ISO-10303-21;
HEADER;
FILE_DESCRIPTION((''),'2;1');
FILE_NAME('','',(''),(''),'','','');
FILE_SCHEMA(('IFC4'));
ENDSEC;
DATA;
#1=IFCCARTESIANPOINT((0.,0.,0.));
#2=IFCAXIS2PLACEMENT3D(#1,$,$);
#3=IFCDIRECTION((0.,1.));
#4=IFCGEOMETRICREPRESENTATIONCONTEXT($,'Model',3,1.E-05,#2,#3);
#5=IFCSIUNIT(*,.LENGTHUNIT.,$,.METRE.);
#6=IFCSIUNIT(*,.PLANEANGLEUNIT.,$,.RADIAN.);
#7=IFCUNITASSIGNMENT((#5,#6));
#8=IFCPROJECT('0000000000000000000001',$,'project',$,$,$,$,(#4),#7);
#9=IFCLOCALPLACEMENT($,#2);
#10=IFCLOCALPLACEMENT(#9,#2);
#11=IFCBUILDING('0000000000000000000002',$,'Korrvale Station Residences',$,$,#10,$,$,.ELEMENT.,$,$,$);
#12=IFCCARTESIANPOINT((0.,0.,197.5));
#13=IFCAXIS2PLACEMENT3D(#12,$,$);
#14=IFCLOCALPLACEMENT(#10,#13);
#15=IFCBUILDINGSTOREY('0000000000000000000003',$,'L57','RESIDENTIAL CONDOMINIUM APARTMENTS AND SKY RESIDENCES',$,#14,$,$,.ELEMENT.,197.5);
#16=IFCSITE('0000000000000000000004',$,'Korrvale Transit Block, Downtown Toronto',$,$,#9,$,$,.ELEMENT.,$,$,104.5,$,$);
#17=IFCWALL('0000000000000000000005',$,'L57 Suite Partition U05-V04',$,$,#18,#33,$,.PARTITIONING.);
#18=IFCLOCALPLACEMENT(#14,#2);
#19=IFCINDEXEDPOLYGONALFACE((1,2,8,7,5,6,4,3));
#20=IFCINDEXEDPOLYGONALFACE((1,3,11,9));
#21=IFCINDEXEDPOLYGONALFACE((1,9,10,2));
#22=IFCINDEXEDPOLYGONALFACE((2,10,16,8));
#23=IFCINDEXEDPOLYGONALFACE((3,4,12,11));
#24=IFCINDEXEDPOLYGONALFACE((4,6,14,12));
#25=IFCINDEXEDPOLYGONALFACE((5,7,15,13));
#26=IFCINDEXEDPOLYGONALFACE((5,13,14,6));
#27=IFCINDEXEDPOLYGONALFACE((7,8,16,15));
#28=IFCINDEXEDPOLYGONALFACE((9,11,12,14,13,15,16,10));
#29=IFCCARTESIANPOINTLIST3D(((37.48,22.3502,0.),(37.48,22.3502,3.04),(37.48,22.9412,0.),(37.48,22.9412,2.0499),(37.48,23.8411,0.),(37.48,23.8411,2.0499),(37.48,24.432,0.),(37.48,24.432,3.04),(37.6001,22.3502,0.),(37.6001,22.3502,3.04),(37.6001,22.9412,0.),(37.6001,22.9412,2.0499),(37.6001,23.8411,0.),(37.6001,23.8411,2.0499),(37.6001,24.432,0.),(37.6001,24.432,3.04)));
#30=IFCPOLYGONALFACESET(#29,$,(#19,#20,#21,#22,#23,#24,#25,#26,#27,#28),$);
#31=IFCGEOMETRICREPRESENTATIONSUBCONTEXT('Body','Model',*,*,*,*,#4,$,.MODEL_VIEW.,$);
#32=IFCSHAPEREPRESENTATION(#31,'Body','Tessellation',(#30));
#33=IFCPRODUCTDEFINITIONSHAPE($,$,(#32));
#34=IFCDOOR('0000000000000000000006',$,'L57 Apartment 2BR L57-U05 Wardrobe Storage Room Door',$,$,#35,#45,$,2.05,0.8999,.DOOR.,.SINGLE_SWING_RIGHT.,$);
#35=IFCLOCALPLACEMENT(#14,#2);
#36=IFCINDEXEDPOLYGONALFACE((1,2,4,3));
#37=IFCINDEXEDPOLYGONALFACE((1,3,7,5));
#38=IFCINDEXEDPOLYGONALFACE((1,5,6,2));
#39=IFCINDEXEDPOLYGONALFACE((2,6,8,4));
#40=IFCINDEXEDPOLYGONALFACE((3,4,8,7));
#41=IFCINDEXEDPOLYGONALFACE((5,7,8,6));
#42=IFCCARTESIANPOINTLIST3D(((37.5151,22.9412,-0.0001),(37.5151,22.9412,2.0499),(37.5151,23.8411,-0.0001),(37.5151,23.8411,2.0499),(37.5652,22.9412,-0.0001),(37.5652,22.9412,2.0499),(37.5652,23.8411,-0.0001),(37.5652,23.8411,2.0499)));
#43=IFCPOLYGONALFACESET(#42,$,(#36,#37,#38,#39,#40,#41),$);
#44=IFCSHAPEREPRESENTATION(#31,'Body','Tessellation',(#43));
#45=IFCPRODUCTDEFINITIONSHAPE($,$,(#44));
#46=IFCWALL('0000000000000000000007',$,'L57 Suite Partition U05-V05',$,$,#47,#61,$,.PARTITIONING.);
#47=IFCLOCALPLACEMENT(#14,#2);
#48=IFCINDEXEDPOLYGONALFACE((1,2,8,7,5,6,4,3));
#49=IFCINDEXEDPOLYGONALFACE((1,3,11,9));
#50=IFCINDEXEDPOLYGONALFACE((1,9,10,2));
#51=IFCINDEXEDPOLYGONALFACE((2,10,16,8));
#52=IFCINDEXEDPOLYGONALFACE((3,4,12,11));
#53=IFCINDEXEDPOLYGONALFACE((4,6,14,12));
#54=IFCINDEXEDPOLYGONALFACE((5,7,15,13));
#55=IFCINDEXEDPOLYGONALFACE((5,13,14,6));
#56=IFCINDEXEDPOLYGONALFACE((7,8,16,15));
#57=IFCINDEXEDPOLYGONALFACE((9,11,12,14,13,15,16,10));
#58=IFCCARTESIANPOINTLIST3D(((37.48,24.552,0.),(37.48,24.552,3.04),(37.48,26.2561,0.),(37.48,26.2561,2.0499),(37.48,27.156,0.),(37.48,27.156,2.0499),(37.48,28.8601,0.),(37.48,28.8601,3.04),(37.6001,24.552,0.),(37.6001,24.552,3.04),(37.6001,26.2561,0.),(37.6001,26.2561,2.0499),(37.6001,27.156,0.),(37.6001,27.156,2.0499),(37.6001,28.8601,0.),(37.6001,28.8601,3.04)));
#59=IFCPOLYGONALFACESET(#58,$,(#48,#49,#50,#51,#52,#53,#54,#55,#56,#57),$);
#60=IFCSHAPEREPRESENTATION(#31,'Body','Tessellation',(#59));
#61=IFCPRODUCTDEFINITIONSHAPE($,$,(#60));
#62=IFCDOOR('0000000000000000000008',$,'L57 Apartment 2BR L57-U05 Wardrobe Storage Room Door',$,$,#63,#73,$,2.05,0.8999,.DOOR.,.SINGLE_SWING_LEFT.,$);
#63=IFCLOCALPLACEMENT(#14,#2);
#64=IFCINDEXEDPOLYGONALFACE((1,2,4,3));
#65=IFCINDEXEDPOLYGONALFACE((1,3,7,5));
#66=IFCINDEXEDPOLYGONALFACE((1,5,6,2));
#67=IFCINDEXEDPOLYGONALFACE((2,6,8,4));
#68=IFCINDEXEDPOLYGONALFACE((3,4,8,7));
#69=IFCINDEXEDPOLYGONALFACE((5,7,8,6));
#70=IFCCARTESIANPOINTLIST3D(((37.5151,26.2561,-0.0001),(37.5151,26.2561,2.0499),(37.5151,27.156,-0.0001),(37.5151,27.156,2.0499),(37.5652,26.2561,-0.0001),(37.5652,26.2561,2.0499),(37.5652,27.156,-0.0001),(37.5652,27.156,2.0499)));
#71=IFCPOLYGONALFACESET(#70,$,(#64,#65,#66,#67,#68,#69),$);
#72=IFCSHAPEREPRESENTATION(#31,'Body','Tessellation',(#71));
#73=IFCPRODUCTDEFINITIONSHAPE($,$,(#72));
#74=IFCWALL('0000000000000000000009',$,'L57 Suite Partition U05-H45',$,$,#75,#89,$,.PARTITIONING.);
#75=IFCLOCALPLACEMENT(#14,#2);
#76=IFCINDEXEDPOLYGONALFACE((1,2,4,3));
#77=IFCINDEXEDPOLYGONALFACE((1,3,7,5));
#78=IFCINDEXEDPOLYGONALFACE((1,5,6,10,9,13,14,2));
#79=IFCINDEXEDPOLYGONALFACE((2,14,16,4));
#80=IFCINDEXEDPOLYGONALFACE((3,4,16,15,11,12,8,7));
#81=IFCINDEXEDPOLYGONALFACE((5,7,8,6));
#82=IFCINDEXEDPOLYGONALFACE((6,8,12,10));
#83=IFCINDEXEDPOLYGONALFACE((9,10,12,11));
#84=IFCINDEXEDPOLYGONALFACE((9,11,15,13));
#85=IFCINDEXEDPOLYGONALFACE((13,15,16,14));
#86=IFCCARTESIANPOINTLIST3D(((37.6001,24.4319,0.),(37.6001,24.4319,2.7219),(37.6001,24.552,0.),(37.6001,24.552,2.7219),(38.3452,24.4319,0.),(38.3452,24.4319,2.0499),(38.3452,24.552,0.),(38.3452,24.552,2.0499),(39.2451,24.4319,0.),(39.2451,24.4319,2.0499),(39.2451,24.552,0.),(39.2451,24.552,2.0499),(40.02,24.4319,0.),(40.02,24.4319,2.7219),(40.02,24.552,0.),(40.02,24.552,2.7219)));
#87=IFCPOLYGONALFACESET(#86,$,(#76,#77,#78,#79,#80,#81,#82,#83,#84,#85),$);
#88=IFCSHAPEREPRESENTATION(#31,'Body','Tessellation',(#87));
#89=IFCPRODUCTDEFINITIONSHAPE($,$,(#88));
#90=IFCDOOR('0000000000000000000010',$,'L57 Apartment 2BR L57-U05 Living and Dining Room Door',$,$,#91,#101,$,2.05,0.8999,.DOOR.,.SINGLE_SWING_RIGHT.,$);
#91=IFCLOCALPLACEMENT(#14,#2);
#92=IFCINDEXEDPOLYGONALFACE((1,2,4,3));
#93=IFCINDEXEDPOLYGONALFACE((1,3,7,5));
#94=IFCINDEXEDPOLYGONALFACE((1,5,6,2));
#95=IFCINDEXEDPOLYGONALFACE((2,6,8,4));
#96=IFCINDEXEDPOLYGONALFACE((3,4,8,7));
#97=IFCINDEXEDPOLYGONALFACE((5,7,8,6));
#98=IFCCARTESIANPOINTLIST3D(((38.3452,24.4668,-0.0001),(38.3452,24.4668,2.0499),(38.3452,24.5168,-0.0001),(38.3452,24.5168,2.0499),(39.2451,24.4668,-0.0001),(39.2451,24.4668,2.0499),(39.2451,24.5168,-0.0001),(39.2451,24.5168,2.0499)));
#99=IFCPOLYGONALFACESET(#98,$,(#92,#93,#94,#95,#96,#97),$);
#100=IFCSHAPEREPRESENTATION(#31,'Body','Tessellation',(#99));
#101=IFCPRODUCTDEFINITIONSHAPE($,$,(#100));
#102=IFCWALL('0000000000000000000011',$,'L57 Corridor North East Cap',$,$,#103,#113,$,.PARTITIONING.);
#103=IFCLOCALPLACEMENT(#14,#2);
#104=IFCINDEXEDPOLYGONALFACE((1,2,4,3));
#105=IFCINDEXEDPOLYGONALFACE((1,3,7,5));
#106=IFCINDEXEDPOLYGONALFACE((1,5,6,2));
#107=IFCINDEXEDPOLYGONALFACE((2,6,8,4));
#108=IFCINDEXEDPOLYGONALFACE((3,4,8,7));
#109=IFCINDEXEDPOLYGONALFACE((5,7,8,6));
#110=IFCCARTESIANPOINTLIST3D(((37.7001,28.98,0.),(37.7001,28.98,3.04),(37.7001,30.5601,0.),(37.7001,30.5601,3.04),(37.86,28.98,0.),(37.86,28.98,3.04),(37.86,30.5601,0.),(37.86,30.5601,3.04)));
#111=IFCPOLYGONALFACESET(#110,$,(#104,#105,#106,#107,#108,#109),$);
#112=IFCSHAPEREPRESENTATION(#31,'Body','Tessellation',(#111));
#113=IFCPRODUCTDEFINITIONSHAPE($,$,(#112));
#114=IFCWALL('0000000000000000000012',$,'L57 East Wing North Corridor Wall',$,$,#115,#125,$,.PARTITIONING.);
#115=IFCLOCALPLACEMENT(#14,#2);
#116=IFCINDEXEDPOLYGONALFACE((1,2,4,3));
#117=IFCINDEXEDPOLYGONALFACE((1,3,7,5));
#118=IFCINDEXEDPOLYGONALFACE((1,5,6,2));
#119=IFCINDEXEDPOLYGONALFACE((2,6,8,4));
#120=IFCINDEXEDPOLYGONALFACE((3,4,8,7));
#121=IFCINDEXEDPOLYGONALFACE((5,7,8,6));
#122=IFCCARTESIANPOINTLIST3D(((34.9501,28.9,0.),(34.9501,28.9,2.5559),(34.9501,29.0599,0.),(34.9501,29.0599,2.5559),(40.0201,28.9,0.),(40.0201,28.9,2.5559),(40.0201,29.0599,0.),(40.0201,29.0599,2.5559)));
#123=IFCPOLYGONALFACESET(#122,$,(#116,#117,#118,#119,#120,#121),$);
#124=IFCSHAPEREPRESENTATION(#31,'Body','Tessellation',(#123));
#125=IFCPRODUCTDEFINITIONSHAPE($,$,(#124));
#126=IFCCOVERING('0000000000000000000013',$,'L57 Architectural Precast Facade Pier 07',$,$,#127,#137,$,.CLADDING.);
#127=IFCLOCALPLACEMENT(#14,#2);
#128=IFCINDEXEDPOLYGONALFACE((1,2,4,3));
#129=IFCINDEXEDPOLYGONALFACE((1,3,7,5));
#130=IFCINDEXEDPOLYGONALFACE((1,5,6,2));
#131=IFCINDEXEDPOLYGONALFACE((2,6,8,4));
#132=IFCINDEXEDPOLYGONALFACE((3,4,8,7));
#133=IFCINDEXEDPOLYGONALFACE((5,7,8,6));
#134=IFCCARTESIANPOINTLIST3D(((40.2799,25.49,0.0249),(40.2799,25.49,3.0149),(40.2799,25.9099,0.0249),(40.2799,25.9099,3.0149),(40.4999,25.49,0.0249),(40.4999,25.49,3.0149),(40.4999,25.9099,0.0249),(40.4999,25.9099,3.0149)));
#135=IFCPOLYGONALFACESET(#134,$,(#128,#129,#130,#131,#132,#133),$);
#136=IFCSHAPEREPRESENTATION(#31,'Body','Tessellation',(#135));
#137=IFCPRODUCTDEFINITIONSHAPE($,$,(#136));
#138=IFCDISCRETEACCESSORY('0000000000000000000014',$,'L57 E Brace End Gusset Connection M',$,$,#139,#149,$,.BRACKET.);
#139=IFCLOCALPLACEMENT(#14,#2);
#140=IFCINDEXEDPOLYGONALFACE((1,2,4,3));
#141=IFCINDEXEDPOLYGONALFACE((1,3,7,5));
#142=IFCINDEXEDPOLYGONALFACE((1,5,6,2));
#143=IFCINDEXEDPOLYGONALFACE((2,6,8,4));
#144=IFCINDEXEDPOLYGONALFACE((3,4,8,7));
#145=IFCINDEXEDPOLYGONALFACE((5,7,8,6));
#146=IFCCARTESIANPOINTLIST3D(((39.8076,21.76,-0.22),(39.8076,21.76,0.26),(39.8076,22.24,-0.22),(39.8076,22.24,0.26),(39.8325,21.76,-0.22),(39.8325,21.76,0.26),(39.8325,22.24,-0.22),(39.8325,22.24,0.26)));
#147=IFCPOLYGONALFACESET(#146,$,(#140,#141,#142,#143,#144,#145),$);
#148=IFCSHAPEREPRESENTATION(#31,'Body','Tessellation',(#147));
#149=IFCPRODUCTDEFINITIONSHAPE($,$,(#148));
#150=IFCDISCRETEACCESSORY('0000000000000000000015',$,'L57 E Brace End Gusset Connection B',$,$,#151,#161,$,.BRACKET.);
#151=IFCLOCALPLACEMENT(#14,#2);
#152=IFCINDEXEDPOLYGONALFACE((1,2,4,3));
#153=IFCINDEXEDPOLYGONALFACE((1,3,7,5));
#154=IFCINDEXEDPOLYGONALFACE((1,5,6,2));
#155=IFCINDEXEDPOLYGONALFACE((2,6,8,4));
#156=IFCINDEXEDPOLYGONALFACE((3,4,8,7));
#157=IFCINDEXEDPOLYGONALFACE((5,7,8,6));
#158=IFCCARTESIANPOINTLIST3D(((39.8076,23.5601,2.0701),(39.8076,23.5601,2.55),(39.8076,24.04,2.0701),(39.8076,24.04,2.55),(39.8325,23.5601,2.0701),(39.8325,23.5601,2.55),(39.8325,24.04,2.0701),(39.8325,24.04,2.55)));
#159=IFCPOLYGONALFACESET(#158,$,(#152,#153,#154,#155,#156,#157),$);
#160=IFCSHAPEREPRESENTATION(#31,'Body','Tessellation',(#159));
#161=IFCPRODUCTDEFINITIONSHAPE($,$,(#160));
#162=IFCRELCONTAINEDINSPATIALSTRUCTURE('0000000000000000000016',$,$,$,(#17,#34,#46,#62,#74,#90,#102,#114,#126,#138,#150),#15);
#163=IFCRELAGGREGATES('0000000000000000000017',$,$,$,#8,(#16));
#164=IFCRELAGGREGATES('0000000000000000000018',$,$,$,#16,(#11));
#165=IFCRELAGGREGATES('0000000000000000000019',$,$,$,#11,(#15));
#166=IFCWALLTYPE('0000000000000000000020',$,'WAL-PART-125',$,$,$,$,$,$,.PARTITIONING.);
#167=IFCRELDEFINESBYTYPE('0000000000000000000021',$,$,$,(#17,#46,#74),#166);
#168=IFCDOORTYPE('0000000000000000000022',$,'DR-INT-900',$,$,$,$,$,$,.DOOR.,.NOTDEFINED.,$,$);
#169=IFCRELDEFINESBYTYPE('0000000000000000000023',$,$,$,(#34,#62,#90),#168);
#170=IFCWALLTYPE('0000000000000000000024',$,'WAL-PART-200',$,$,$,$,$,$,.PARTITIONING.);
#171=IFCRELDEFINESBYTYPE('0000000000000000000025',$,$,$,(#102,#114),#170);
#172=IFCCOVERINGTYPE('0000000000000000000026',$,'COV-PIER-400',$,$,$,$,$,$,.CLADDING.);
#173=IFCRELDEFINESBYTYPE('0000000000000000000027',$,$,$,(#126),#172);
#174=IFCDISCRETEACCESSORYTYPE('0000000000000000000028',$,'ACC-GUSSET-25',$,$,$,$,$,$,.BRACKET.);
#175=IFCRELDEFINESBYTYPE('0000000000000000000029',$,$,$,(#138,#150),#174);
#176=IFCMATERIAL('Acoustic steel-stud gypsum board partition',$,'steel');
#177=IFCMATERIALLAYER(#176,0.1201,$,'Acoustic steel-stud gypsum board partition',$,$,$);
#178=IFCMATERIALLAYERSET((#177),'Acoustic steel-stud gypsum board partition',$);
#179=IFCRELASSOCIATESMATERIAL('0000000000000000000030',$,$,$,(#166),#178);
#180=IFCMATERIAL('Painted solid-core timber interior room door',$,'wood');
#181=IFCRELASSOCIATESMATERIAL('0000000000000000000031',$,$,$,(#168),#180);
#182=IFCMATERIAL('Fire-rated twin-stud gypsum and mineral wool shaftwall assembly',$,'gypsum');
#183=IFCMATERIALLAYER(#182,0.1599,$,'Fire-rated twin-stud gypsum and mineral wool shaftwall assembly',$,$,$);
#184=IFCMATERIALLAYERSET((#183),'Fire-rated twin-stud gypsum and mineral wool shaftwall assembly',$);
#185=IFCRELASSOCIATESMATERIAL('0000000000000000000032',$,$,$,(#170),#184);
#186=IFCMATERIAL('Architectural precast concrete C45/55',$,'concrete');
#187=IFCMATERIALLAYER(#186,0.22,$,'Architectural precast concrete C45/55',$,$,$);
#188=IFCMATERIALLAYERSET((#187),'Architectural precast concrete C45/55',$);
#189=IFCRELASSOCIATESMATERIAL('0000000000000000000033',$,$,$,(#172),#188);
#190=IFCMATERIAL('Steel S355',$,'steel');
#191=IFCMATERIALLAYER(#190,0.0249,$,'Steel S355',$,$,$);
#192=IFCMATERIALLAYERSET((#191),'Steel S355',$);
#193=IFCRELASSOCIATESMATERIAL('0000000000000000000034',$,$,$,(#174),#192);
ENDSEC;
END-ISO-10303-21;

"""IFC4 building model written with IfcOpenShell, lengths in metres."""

from ifc_helpers import new_model, si_unit, direction, frame, frame_2d, origin, origin_2d, place, context, subcontext, project, spatial, rectangle, extrude, material, layer, layer_set, type_object, element, fill, save


model = new_model("IFC4")

# Units and contexts
model_context = context("Model", 3, precision=1e-05, world=origin(), true_north=direction((0.0, 1.0)))
body_context = subcontext(model_context, "Body", "Model", "MODEL_VIEW")
ifc_project = project(units=[si_unit("LENGTHUNIT", "METRE"), si_unit("PLANEANGLEUNIT", "RADIAN")], contexts=[model_context])

# Site, building, storey
site_placement = place(None, origin())
site = spatial("IfcSite", under=ifc_project, at=site_placement, Name="Korrvale Transit Block, Downtown Toronto", CompositionType="ELEMENT", RefElevation=104.5)
building_placement = place(site_placement, origin())
building = spatial("IfcBuilding", under=site, at=building_placement, Name="Korrvale Station Residences", CompositionType="ELEMENT")
storey_placement = place(building_placement, frame((0.0, 0.0, 197.5)))
storey = spatial("IfcBuildingStorey", under=building, at=storey_placement, Name="L57", Description="RESIDENTIAL CONDOMINIUM APARTMENTS AND SKY RESIDENCES", CompositionType="ELEMENT", Elevation=197.5)

# Shared definitions
ifc_material_1 = material(Name="Steel S355", Category="steel")

# Walls, openings, doors
ifc_material_2 = material(Name="Acoustic steel-stud gypsum board partition", Category="steel")
ifc_layer_1 = layer(ifc_material_2, 0.1201, Name="Acoustic steel-stud gypsum board partition")
ifc_layer_set_1 = layer_set([ifc_layer_1], Name="Acoustic steel-stud gypsum board partition")
wall_type_1 = type_object("IfcWallType", Name="WAL-PART-125", PredefinedType="PARTITIONING", material=ifc_layer_set_1)
ifc_material_3 = material(Name="Painted solid-core timber interior room door", Category="wood")
door_type = type_object("IfcDoorType", Name="DR-INT-900", OperationType="NOTDEFINED", PredefinedType="DOOR", material=ifc_material_3)
wall_1_placement = place(storey_placement, frame((37.54, 22.3501, 0.0), z_axis=(0.0, 0.0, 1.0), x_axis=(0.0, 1.0, 0.0)))
wall_1 = element("IfcWall", 1, at=wall_1_placement, inside=storey, type_object=wall_type_1, Name="L57 Suite Partition U05-V04", PredefinedType="PARTITIONING", context=body_context, shape_type="SweptSolid", body=[
    extrude(rectangle(XDim=2.0818, YDim=0.1201, at=frame_2d((1.041, 0.0))), origin(), (0.0, 0.0, 1.0), 3.04),
])
opening_1_placement = place(wall_1_placement, frame((0.5911, 0.0, 0.0)))
opening_1 = element("IfcOpeningElement", 2, at=opening_1_placement, cuts=wall_1, PredefinedType="OPENING", context=body_context, shape_type="SweptSolid", body=[
    extrude(rectangle(XDim=0.8999, YDim=2.05, at=frame_2d((0.45, 1.0249))), frame((0.0, 0.0701, 0.0), z_axis=(0.0, -1.0, 0.0), x_axis=(1.0, 0.0, 0.0)), (0.0, 0.0, 1.0), 0.1401),
])
door_1_placement = place(opening_1_placement, origin())
door_1 = element("IfcDoor", 3, at=door_1_placement, inside=storey, type_object=door_type, Name="L57 Apartment 2BR L57-U05 Wardrobe Storage Room Door", OperationType="SINGLE_SWING_RIGHT", OverallHeight=2.05, OverallWidth=0.8999, PredefinedType="DOOR", context=body_context, shape_type="SweptSolid", body=[
    extrude(rectangle(XDim=0.8999, YDim=2.05, at=frame_2d((0.45, 1.0249))), frame((0.0, 0.0249, 0.0), z_axis=(0.0, -1.0, 0.0), x_axis=(1.0, 0.0, 0.0)), (0.0, 0.0, 1.0), 0.05),
])
fill(opening_1, door_1)
wall_2_placement = place(storey_placement, frame((37.54, 24.552, 0.0), z_axis=(0.0, 0.0, 1.0), x_axis=(0.0, 1.0, 0.0)))
wall_2 = element("IfcWall", 4, at=wall_2_placement, inside=storey, type_object=wall_type_1, Name="L57 Suite Partition U05-V05", PredefinedType="PARTITIONING", context=body_context, shape_type="SweptSolid", body=[
    extrude(rectangle(XDim=4.3081, YDim=0.1201, at=frame_2d((2.1541, 0.0))), origin(), (0.0, 0.0, 1.0), 3.04),
])
opening_2_placement = place(wall_2_placement, frame((1.7041, 0.0, 0.0)))
opening_2 = element("IfcOpeningElement", 5, at=opening_2_placement, cuts=wall_2, PredefinedType="OPENING", context=body_context, shape_type="SweptSolid", body=[
    extrude(rectangle(XDim=0.8999, YDim=2.05, at=frame_2d((0.45, 1.0249))), frame((0.0, 0.0701, 0.0), z_axis=(0.0, -1.0, 0.0), x_axis=(1.0, 0.0, 0.0)), (0.0, 0.0, 1.0), 0.1401),
])
door_2_placement = place(opening_2_placement, origin())
door_2 = element("IfcDoor", 6, at=door_2_placement, inside=storey, type_object=door_type, Name="L57 Apartment 2BR L57-U05 Wardrobe Storage Room Door", OperationType="SINGLE_SWING_LEFT", OverallHeight=2.05, OverallWidth=0.8999, PredefinedType="DOOR", context=body_context, shape_type="SweptSolid", body=[
    extrude(rectangle(XDim=0.8999, YDim=2.05, at=frame_2d((0.45, 1.0249))), frame((0.0, 0.0249, 0.0), z_axis=(0.0, -1.0, 0.0), x_axis=(1.0, 0.0, 0.0)), (0.0, 0.0, 1.0), 0.05),
])
fill(opening_2, door_2)
wall_3_placement = place(storey_placement, frame((37.6001, 24.4919, 0.0), z_axis=(0.0, 0.0, 1.0), x_axis=(1.0, 0.0, 0.0)))
wall_3 = element("IfcWall", 7, at=wall_3_placement, inside=storey, type_object=wall_type_1, Name="L57 Suite Partition U05-H45", PredefinedType="PARTITIONING", context=body_context, shape_type="SweptSolid", body=[
    extrude(rectangle(XDim=2.4199, YDim=0.1201, at=frame_2d((1.21, 0.0))), origin(), (0.0, 0.0, 1.0), 2.7219),
])
opening_3_placement = place(wall_3_placement, frame((0.7451, 0.0, 0.0)))
opening_3 = element("IfcOpeningElement", 8, at=opening_3_placement, cuts=wall_3, PredefinedType="OPENING", context=body_context, shape_type="SweptSolid", body=[
    extrude(rectangle(XDim=0.8999, YDim=2.05, at=frame_2d((0.45, 1.0249))), frame((0.0, 0.0701, 0.0), z_axis=(0.0, -1.0, 0.0), x_axis=(1.0, 0.0, 0.0)), (0.0, 0.0, 1.0), 0.1401),
])
door_3_placement = place(opening_3_placement, origin())
door_3 = element("IfcDoor", 9, at=door_3_placement, inside=storey, type_object=door_type, Name="L57 Apartment 2BR L57-U05 Living and Dining Room Door", OperationType="SINGLE_SWING_RIGHT", OverallHeight=2.05, OverallWidth=0.8999, PredefinedType="DOOR", context=body_context, shape_type="SweptSolid", body=[
    extrude(rectangle(XDim=0.8999, YDim=2.05, at=frame_2d((0.45, 1.0249))), frame((0.0, 0.0249, 0.0), z_axis=(0.0, -1.0, 0.0), x_axis=(1.0, 0.0, 0.0)), (0.0, 0.0, 1.0), 0.05),
])
fill(opening_3, door_3)

# Walls
ifc_material_4 = material(Name="Fire-rated twin-stud gypsum and mineral wool shaftwall assembly", Category="gypsum")
ifc_layer_2 = layer(ifc_material_4, 0.1599, Name="Fire-rated twin-stud gypsum and mineral wool shaftwall assembly")
ifc_layer_set_2 = layer_set([ifc_layer_2], Name="Fire-rated twin-stud gypsum and mineral wool shaftwall assembly")
wall_type_2 = type_object("IfcWallType", Name="WAL-PART-200", PredefinedType="PARTITIONING", material=ifc_layer_set_2)
wall_4_placement = place(storey_placement, frame((37.78, 28.98, 0.0), z_axis=(0.0, 0.0, 1.0), x_axis=(0.0, 1.0, 0.0)))
element("IfcWall", 10, at=wall_4_placement, inside=storey, type_object=wall_type_2, Name="L57 Corridor North East Cap", PredefinedType="PARTITIONING", context=body_context, shape_type="SweptSolid", body=[
    extrude(rectangle(XDim=1.5801, YDim=0.1599, at=frame_2d((0.79, 0.0))), origin(), (0.0, 0.0, 1.0), 3.04),
])
wall_5_placement = place(storey_placement, frame((34.95, 28.98, 0.0), z_axis=(0.0, 0.0, 1.0), x_axis=(1.0, 0.0, 0.0)))
element("IfcWall", 11, at=wall_5_placement, inside=storey, type_object=wall_type_2, Name="L57 East Wing North Corridor Wall", PredefinedType="PARTITIONING", context=body_context, shape_type="SweptSolid", body=[
    extrude(rectangle(XDim=5.0701, YDim=0.1599, at=frame_2d((2.5352, 0.0))), origin(), (0.0, 0.0, 1.0), 2.5559),
])

# Covering
ifc_material_5 = material(Name="Architectural precast concrete C45/55", Category="concrete")
ifc_layer_3 = layer(ifc_material_5, 0.22, Name="Architectural precast concrete C45/55")
ifc_layer_set_3 = layer_set([ifc_layer_3], Name="Architectural precast concrete C45/55")
covering_type = type_object("IfcCoveringType", Name="COV-PIER-400", PredefinedType="CLADDING", material=ifc_layer_set_3)
covering_placement = place(storey_placement, frame((40.3899, 25.7, 0.0249), z_axis=(0.0, 0.0, 1.0), x_axis=(0.0, 1.0, 0.0)))
element("IfcCovering", 12, at=covering_placement, inside=storey, type_object=covering_type, Name="L57 Architectural Precast Facade Pier 07", PredefinedType="CLADDING", context=body_context, shape_type="SweptSolid", body=[
    extrude(rectangle(XDim=0.4199, YDim=0.22, at=origin_2d()), origin(), (0.0, 0.0, 1.0), 2.99),
])

# Discrete accessories
ifc_layer_4 = layer(ifc_material_1, 0.0249, Name="Steel S355")
ifc_layer_set_4 = layer_set([ifc_layer_4], Name="Steel S355")
discrete_accessory_type = type_object("IfcDiscreteAccessoryType", Name="ACC-GUSSET-25", PredefinedType="BRACKET", material=ifc_layer_set_4)
for number, where, z_axis, x_axis, name in (
    (13, (39.8201, 22.0, -0.22), (0.0, 0.0, 1.0), (0.0, 1.0, 0.0), "L57 E Brace End Gusset Connection M"),
    (14, (39.8201, 23.8, 2.0701), (0.0, 0.0, 1.0), (0.0, 1.0, 0.0), "L57 E Brace End Gusset Connection B"),
):
    element("IfcDiscreteAccessory", number, at=place(storey_placement, frame(where, z_axis=z_axis, x_axis=x_axis)), inside=storey, type_object=discrete_accessory_type, Name=name, PredefinedType="BRACKET", context=body_context, shape_type="SweptSolid", body=[
        extrude(rectangle(XDim=0.48, YDim=0.0249, at=origin_2d()), origin(), (0.0, 0.0, 1.0), 0.48),
    ])

save(model, "model.ifc")
